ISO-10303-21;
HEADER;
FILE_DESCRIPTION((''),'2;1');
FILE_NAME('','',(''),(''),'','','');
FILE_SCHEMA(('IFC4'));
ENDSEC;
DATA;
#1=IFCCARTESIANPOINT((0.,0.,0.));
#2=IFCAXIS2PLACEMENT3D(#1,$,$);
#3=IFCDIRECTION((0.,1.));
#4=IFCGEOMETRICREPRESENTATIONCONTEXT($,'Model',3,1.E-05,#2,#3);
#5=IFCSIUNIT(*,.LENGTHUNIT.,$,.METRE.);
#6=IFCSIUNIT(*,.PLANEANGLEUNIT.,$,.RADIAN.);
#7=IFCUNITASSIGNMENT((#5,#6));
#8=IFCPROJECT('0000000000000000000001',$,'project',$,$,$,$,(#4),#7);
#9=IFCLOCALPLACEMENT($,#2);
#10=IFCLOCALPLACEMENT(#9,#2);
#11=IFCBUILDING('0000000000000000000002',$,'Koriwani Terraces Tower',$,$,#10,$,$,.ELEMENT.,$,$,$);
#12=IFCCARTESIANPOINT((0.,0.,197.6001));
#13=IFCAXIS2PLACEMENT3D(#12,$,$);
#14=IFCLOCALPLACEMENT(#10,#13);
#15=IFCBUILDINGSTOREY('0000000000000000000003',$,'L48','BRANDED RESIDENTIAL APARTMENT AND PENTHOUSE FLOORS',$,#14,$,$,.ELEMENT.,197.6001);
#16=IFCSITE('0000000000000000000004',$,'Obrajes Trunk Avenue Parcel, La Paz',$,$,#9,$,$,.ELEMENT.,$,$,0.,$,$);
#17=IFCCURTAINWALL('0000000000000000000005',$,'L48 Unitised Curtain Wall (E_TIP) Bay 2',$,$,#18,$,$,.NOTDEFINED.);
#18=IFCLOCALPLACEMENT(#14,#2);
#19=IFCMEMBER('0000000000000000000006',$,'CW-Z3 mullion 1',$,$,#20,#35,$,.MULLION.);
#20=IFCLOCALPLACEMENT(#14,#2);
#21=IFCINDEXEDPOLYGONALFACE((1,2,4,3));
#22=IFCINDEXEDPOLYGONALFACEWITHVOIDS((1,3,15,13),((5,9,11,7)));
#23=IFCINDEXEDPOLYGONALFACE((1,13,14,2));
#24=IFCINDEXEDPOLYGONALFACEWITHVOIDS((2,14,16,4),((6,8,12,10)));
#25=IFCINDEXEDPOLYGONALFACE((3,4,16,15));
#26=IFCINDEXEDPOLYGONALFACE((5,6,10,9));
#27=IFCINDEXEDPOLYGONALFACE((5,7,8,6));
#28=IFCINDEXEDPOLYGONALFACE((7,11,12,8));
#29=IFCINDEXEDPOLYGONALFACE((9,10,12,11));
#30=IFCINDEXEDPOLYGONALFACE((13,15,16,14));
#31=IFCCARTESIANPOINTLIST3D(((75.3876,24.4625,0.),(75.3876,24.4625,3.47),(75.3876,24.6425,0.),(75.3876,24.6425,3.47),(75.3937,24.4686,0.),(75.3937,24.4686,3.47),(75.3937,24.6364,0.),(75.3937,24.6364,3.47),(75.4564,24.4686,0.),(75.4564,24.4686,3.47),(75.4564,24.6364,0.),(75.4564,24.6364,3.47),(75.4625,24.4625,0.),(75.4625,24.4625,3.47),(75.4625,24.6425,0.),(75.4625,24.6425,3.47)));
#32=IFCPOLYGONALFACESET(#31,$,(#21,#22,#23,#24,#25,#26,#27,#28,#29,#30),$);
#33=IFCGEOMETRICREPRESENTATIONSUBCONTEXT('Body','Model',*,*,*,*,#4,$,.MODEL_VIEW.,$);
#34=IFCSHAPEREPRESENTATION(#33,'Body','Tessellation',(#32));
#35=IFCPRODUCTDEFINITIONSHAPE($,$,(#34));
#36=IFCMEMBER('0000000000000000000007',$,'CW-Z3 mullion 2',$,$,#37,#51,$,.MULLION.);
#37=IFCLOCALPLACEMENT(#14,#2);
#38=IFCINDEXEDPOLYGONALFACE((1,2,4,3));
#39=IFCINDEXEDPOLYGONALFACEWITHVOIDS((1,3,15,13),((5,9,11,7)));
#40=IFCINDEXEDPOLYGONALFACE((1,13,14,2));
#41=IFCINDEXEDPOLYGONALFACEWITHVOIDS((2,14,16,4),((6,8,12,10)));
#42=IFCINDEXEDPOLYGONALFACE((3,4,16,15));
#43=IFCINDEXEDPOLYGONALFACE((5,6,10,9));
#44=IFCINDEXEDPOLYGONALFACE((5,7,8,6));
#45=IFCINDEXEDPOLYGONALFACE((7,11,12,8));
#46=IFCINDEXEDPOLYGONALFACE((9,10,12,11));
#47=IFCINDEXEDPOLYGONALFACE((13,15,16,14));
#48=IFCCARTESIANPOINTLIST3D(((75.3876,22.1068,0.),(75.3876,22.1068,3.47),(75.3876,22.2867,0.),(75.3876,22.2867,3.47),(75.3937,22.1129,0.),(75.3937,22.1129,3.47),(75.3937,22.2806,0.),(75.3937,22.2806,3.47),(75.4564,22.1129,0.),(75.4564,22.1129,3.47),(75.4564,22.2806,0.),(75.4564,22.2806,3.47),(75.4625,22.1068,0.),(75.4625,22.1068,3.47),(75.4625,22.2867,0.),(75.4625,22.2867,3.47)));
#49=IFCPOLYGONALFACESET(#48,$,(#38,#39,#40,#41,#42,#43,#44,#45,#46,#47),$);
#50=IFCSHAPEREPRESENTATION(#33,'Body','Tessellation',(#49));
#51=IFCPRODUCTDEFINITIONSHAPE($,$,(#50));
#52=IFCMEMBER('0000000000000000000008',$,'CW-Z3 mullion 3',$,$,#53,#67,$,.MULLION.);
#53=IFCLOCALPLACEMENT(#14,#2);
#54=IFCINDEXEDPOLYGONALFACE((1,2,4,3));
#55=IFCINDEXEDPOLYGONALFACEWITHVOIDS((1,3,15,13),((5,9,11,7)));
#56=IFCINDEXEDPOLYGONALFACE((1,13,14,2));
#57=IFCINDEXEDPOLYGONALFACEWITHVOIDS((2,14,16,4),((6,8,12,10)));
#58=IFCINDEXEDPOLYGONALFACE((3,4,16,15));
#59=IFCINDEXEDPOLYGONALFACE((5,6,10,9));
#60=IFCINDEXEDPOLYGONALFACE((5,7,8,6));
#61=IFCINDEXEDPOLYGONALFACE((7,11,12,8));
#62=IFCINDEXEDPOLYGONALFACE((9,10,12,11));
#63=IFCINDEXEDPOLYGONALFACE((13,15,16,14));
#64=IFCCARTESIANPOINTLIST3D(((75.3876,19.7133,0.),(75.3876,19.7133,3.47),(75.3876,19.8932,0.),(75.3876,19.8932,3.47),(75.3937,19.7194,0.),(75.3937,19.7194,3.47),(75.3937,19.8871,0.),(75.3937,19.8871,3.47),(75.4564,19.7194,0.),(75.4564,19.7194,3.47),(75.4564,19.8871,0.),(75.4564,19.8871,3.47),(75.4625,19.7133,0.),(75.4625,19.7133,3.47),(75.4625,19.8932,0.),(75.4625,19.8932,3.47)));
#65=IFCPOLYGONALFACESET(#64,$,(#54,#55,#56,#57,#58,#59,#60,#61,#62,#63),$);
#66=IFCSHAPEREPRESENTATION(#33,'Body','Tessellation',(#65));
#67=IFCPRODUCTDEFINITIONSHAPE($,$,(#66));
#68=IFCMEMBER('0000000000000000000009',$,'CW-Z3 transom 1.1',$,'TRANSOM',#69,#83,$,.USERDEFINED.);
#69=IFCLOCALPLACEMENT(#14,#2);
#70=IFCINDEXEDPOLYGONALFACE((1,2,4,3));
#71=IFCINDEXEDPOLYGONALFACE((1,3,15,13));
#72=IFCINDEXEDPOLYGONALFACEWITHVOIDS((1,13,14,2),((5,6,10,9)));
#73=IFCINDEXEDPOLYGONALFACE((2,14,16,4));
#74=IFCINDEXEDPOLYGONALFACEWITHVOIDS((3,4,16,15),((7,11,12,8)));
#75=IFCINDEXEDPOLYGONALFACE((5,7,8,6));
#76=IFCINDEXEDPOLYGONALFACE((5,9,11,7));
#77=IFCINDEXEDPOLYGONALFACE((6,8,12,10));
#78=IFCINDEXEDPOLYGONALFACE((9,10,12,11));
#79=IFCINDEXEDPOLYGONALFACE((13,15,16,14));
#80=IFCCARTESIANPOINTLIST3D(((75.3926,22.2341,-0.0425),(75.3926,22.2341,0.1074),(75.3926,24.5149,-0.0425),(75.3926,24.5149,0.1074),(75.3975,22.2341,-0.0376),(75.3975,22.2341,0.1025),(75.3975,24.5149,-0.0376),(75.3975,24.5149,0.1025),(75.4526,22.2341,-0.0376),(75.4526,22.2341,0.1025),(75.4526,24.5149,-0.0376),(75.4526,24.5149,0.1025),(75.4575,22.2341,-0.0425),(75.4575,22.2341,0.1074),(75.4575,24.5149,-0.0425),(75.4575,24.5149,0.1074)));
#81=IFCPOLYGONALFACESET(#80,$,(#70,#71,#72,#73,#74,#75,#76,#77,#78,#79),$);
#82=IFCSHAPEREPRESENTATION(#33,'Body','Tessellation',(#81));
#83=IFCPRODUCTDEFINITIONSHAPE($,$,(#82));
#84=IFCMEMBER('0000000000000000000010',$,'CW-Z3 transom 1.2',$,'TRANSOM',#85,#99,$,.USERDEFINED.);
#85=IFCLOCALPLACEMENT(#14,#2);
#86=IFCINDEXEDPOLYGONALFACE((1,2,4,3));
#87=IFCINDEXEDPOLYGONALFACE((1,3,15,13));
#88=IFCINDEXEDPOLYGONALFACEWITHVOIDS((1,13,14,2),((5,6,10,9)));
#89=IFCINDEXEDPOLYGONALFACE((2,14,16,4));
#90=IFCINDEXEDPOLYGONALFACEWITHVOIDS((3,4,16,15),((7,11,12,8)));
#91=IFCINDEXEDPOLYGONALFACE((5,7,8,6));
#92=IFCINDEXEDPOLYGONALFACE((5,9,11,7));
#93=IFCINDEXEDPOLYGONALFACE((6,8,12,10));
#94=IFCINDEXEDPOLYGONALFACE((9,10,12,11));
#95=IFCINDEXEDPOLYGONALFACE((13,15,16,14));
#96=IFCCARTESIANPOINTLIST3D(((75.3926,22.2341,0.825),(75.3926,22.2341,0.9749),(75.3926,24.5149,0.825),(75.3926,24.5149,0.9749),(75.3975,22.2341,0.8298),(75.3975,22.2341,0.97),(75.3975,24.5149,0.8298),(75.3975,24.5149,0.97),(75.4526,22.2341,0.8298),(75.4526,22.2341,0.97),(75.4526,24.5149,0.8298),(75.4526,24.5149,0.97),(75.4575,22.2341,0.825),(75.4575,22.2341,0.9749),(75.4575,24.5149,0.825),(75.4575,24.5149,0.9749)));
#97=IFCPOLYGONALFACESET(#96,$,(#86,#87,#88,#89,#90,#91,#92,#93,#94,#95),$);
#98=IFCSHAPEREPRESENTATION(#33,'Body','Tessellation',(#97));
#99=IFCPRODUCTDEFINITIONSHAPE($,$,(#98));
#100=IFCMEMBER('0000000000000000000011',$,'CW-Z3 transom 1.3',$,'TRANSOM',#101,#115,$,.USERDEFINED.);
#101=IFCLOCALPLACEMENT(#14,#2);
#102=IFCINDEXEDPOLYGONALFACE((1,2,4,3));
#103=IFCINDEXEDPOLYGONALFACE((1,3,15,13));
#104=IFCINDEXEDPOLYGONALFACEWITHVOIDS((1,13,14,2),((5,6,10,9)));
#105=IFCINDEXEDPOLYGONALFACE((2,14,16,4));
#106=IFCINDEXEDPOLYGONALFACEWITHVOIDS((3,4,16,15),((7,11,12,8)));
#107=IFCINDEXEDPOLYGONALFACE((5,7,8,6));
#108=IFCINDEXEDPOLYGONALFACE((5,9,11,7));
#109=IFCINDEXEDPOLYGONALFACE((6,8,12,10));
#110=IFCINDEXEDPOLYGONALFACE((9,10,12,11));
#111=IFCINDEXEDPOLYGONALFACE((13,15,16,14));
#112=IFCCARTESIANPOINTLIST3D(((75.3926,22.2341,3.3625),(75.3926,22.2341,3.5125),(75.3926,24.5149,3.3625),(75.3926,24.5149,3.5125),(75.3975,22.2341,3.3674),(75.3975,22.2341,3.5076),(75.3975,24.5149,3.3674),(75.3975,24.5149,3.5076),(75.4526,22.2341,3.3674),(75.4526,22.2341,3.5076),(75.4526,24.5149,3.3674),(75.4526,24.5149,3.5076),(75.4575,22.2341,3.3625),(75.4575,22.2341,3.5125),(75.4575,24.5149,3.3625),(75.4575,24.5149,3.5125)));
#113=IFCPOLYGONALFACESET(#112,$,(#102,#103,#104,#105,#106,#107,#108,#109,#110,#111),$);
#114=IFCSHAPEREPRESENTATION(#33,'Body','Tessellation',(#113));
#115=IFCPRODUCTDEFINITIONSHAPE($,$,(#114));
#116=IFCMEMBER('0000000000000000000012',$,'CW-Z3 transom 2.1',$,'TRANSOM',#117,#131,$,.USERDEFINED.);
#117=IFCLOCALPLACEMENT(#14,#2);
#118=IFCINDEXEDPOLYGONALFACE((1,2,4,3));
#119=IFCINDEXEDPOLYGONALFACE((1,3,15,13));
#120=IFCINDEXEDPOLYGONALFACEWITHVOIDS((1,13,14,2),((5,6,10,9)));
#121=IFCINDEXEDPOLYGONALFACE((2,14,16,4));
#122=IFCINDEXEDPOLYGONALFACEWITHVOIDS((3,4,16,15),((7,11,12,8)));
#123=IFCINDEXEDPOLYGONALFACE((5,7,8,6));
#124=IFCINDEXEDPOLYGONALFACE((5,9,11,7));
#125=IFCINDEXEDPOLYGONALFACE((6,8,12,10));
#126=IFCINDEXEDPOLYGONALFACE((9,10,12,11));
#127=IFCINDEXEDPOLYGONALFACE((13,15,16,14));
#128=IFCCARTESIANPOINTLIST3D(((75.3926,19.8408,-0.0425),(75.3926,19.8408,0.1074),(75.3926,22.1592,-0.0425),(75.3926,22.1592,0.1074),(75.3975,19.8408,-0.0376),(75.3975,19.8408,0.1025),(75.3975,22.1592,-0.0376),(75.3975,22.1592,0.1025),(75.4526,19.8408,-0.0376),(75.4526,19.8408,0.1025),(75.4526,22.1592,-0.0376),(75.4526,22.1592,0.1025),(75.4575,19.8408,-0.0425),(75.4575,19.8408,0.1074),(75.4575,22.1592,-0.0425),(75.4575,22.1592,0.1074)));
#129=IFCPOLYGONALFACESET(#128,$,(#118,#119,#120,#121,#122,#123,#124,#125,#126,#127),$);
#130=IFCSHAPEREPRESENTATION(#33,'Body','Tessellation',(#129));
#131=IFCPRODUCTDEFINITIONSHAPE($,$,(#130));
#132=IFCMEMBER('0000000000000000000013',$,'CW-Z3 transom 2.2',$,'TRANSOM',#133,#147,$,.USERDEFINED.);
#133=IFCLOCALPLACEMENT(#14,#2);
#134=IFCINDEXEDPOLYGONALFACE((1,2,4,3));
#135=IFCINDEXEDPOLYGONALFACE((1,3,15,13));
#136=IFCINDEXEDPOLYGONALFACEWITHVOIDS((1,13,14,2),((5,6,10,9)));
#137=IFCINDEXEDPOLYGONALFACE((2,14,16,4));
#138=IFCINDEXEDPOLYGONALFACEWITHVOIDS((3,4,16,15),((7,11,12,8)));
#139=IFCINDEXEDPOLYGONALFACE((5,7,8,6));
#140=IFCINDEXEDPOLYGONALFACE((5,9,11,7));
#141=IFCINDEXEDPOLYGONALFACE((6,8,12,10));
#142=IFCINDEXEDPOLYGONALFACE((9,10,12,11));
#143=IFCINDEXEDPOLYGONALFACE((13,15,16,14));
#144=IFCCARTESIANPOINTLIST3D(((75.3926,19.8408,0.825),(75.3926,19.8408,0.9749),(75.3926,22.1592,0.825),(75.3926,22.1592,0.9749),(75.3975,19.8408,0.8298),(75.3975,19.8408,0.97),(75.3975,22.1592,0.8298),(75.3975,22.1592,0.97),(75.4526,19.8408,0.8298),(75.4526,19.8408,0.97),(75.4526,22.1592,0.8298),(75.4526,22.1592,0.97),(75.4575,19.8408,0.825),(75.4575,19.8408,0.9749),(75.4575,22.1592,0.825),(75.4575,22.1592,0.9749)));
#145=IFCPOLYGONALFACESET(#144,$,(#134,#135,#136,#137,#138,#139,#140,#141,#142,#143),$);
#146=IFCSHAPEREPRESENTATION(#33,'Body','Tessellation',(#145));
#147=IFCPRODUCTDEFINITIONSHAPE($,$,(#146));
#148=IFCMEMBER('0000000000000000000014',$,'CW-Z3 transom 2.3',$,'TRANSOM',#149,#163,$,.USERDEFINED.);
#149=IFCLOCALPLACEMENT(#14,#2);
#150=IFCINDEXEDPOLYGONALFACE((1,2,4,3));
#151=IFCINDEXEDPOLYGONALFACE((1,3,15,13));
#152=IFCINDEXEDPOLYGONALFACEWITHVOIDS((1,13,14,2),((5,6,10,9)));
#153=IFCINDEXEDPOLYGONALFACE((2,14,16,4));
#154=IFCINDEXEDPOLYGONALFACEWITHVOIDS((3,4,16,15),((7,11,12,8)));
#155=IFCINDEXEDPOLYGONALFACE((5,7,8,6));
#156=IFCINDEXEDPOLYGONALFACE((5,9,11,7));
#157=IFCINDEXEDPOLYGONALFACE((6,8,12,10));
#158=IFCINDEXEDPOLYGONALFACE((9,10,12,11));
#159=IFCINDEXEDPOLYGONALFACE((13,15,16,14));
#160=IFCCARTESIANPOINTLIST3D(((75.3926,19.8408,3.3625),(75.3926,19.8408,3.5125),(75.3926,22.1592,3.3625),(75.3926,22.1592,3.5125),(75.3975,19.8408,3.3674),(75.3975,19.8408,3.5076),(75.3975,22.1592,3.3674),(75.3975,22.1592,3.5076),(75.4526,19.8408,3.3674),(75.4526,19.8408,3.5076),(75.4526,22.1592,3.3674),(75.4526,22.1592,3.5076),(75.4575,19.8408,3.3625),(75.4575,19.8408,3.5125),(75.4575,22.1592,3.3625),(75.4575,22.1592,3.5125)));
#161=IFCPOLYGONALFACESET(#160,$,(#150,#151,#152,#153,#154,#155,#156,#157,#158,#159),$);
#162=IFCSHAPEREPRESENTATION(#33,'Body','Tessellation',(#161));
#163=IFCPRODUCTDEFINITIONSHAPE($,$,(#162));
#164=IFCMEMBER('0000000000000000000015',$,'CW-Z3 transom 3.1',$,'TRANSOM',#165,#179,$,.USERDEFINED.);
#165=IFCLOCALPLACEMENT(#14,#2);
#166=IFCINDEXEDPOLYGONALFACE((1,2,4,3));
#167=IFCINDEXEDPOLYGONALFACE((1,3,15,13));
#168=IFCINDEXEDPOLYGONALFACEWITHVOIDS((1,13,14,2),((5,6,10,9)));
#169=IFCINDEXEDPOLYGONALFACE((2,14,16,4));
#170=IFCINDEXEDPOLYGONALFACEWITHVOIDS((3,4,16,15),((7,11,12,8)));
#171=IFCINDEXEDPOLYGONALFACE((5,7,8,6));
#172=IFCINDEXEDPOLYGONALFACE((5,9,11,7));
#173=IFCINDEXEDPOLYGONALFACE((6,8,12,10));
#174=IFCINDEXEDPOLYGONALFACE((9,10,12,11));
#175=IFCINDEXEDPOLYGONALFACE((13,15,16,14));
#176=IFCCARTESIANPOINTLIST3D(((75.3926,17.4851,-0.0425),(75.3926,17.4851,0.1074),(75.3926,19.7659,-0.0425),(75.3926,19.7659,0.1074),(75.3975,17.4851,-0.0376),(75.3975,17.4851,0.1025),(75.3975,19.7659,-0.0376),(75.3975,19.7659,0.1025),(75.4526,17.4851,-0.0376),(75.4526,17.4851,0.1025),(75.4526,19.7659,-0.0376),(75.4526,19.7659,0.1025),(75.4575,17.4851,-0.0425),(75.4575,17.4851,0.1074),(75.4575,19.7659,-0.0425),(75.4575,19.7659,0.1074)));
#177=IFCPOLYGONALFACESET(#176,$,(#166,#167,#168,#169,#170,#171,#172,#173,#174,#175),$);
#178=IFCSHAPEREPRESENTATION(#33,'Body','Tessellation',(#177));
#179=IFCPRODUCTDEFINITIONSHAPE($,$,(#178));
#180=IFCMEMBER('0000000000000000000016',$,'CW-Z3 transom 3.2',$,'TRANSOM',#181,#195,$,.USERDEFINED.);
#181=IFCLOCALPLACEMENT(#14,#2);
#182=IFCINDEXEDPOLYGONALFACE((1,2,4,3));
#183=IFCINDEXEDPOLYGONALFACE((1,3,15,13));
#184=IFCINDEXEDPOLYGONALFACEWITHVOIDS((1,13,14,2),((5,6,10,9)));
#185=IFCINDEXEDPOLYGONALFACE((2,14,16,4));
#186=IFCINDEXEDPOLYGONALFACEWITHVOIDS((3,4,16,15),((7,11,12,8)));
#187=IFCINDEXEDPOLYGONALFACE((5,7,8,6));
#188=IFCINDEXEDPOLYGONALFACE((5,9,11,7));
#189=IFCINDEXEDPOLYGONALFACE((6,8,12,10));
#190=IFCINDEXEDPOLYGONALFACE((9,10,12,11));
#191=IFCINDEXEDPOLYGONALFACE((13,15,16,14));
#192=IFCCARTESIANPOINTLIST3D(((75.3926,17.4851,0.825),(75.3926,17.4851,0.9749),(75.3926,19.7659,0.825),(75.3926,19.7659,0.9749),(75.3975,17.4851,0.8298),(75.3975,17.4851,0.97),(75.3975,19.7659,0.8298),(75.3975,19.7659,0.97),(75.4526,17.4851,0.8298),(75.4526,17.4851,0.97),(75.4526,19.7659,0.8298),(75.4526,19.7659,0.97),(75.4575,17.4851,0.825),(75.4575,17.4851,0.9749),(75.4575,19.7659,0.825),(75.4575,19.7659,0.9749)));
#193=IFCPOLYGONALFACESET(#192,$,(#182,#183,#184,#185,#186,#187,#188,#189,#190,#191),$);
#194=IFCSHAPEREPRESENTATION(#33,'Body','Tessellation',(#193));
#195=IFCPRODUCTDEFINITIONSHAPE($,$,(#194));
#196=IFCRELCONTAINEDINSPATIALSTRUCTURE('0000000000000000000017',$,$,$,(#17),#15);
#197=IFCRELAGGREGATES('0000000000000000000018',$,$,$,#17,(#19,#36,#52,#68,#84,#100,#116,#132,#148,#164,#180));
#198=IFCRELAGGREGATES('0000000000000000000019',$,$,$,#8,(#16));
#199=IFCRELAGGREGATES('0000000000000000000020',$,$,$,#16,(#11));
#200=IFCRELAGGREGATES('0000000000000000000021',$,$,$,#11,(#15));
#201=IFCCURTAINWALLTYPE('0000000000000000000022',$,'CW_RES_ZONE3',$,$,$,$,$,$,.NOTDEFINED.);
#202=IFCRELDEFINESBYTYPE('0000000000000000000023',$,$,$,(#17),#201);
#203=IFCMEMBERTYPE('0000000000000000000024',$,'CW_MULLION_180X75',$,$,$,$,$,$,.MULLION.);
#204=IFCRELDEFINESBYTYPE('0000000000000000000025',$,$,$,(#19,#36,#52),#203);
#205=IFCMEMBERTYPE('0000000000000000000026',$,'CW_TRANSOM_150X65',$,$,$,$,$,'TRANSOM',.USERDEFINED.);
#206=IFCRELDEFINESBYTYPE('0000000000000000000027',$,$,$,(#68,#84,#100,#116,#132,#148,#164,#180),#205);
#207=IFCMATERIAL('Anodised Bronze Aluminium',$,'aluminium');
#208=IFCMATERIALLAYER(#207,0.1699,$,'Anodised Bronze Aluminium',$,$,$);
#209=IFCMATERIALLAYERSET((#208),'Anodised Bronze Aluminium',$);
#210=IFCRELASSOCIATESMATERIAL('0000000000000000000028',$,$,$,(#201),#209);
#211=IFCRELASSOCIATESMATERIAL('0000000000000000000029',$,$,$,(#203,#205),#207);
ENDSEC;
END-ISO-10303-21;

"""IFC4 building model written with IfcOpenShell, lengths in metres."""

from ifc_helpers import new_model, si_unit, direction, frame, origin, origin_2d, place, context, subcontext, project, spatial, hollow_rectangle, extrude, material, layer, layer_set, material_profile, profile_set, type_object, element, aggregate, save


model = new_model("IFC4")

# Units and contexts
model_context = context("Model", 3, precision=1e-05, world=origin(), true_north=direction((0.0, 1.0)))
body_context = subcontext(model_context, "Body", "Model", "MODEL_VIEW")
ifc_project = project(units=[si_unit("LENGTHUNIT", "METRE"), si_unit("PLANEANGLEUNIT", "RADIAN")], contexts=[model_context])

# Site, building, storey
site_placement = place(None, origin())
site = spatial("IfcSite", under=ifc_project, at=site_placement, Name="Obrajes Trunk Avenue Parcel, La Paz", CompositionType="ELEMENT", RefElevation=0.0)
building_placement = place(site_placement, origin())
building = spatial("IfcBuilding", under=site, at=building_placement, Name="Koriwani Terraces Tower", CompositionType="ELEMENT")
storey_placement = place(building_placement, frame((0.0, 0.0, 197.6001)))
storey = spatial("IfcBuildingStorey", under=building, at=storey_placement, Name="L48", Description="BRANDED RESIDENTIAL APARTMENT AND PENTHOUSE FLOORS", CompositionType="ELEMENT", Elevation=197.6001)

# Curtain wall, members
ifc_material_1 = material(Name="Anodised Bronze Aluminium", Category="aluminium")
ifc_layer_1 = layer(ifc_material_1, 0.1699, Name="Anodised Bronze Aluminium")
ifc_layer_set_1 = layer_set([ifc_layer_1], Name="Anodised Bronze Aluminium")
curtain_wall_type = type_object("IfcCurtainWallType", Name="CW_RES_ZONE3", PredefinedType="NOTDEFINED", material=ifc_layer_set_1)
curtain_wall_placement = place(storey_placement, origin())
curtain_wall = element("IfcCurtainWall", 1, at=curtain_wall_placement, inside=storey, type_object=curtain_wall_type, Name="L48 Unitised Curtain Wall (E_TIP) Bay 2", PredefinedType="NOTDEFINED")
ifc_material_profile_1 = material_profile(ifc_material_1, hollow_rectangle(XDim=0.075, YDim=0.1799, WallThickness=0.0061, at=origin_2d()), Name="Anodised Bronze Aluminium", Category="LoadBearing")
ifc_profile_set_1 = profile_set([ifc_material_profile_1], Name="Anodised Bronze Aluminium")
member_type_1 = type_object("IfcMemberType", Name="CW_MULLION_180X75", PredefinedType="MULLION", material=ifc_profile_set_1)
member_1_placement = place(storey_placement, frame((75.425, 24.5525, 0.0), z_axis=(0.0, 0.0, 1.0), x_axis=(1.0, 0.0, 0.0)))
member_1 = element("IfcMember", 2, at=member_1_placement, type_object=member_type_1, Name="CW-Z3 mullion 1", PredefinedType="MULLION", context=body_context, shape_type="SweptSolid", body=[
    extrude(hollow_rectangle(XDim=0.075, YDim=0.1799, WallThickness=0.0061, at=origin_2d()), origin(), (0.0, 0.0, 1.0), 3.47),
])
member_2_placement = place(storey_placement, frame((75.425, 22.1968, 0.0), z_axis=(0.0, 0.0, 1.0), x_axis=(1.0, 0.0, 0.0)))
member_2 = element("IfcMember", 3, at=member_2_placement, type_object=member_type_1, Name="CW-Z3 mullion 2", PredefinedType="MULLION", context=body_context, shape_type="SweptSolid", body=[
    extrude(hollow_rectangle(XDim=0.075, YDim=0.1799, WallThickness=0.0061, at=origin_2d()), origin(), (0.0, 0.0, 1.0), 3.47),
])
member_3_placement = place(storey_placement, frame((75.425, 19.8032, 0.0), z_axis=(0.0, 0.0, 1.0), x_axis=(1.0, 0.0, 0.0)))
member_3 = element("IfcMember", 4, at=member_3_placement, type_object=member_type_1, Name="CW-Z3 mullion 3", PredefinedType="MULLION", context=body_context, shape_type="SweptSolid", body=[
    extrude(hollow_rectangle(XDim=0.075, YDim=0.1799, WallThickness=0.0061, at=origin_2d()), origin(), (0.0, 0.0, 1.0), 3.47),
])
ifc_material_profile_2 = material_profile(ifc_material_1, hollow_rectangle(XDim=0.0649, YDim=0.1499, WallThickness=0.0049, at=origin_2d()), Name="Anodised Bronze Aluminium", Category="LoadBearing")
ifc_profile_set_2 = profile_set([ifc_material_profile_2], Name="Anodised Bronze Aluminium")
member_type_2 = type_object("IfcMemberType", Name="CW_TRANSOM_150X65", ElementType="TRANSOM", PredefinedType="USERDEFINED", material=ifc_profile_set_2)
member_4_placement = place(storey_placement, frame((75.425, 24.5149, 0.0325), z_axis=(0.0, -1.0, 0.0), x_axis=(1.0, 0.0, 0.0)))
member_4 = element("IfcMember", 5, at=member_4_placement, type_object=member_type_2, Name="CW-Z3 transom 1.1", ObjectType="TRANSOM", PredefinedType="USERDEFINED", context=body_context, shape_type="SweptSolid", body=[
    extrude(hollow_rectangle(XDim=0.0649, YDim=0.1499, WallThickness=0.0049, at=origin_2d()), origin(), (0.0, 0.0, 1.0), 2.2808),
])
member_5_placement = place(storey_placement, frame((75.425, 24.5149, 0.8999), z_axis=(0.0, -1.0, 0.0), x_axis=(1.0, 0.0, 0.0)))
member_5 = element("IfcMember", 6, at=member_5_placement, type_object=member_type_2, Name="CW-Z3 transom 1.2", ObjectType="TRANSOM", PredefinedType="USERDEFINED", context=body_context, shape_type="SweptSolid", body=[
    extrude(hollow_rectangle(XDim=0.0649, YDim=0.1499, WallThickness=0.0049, at=origin_2d()), origin(), (0.0, 0.0, 1.0), 2.2808),
])
member_6_placement = place(storey_placement, frame((75.425, 24.5149, 3.4375), z_axis=(0.0, -1.0, 0.0), x_axis=(1.0, 0.0, 0.0)))
member_6 = element("IfcMember", 7, at=member_6_placement, type_object=member_type_2, Name="CW-Z3 transom 1.3", ObjectType="TRANSOM", PredefinedType="USERDEFINED", context=body_context, shape_type="SweptSolid", body=[
    extrude(hollow_rectangle(XDim=0.0649, YDim=0.1499, WallThickness=0.0049, at=origin_2d()), origin(), (0.0, 0.0, 1.0), 2.2808),
])
member_7_placement = place(storey_placement, frame((75.425, 22.1592, 0.0325), z_axis=(0.0, -1.0, 0.0), x_axis=(1.0, 0.0, 0.0)))
member_7 = element("IfcMember", 8, at=member_7_placement, type_object=member_type_2, Name="CW-Z3 transom 2.1", ObjectType="TRANSOM", PredefinedType="USERDEFINED", context=body_context, shape_type="SweptSolid", body=[
    extrude(hollow_rectangle(XDim=0.0649, YDim=0.1499, WallThickness=0.0049, at=origin_2d()), origin(), (0.0, 0.0, 1.0), 2.3184),
])
member_8_placement = place(storey_placement, frame((75.425, 22.1592, 0.8999), z_axis=(0.0, -1.0, 0.0), x_axis=(1.0, 0.0, 0.0)))
member_8 = element("IfcMember", 9, at=member_8_placement, type_object=member_type_2, Name="CW-Z3 transom 2.2", ObjectType="TRANSOM", PredefinedType="USERDEFINED", context=body_context, shape_type="SweptSolid", body=[
    extrude(hollow_rectangle(XDim=0.0649, YDim=0.1499, WallThickness=0.0049, at=origin_2d()), origin(), (0.0, 0.0, 1.0), 2.3184),
])
member_9_placement = place(storey_placement, frame((75.425, 22.1592, 3.4375), z_axis=(0.0, -1.0, 0.0), x_axis=(1.0, 0.0, 0.0)))
member_9 = element("IfcMember", 10, at=member_9_placement, type_object=member_type_2, Name="CW-Z3 transom 2.3", ObjectType="TRANSOM", PredefinedType="USERDEFINED", context=body_context, shape_type="SweptSolid", body=[
    extrude(hollow_rectangle(XDim=0.0649, YDim=0.1499, WallThickness=0.0049, at=origin_2d()), origin(), (0.0, 0.0, 1.0), 2.3184),
])
member_10_placement = place(storey_placement, frame((75.425, 19.7659, 0.0325), z_axis=(0.0, -1.0, 0.0), x_axis=(1.0, 0.0, 0.0)))
member_10 = element("IfcMember", 11, at=member_10_placement, type_object=member_type_2, Name="CW-Z3 transom 3.1", ObjectType="TRANSOM", PredefinedType="USERDEFINED", context=body_context, shape_type="SweptSolid", body=[
    extrude(hollow_rectangle(XDim=0.0649, YDim=0.1499, WallThickness=0.0049, at=origin_2d()), origin(), (0.0, 0.0, 1.0), 2.2808),
])
member_11_placement = place(storey_placement, frame((75.425, 19.7659, 0.8999), z_axis=(0.0, -1.0, 0.0), x_axis=(1.0, 0.0, 0.0)))
member_11 = element("IfcMember", 12, at=member_11_placement, type_object=member_type_2, Name="CW-Z3 transom 3.2", ObjectType="TRANSOM", PredefinedType="USERDEFINED", context=body_context, shape_type="SweptSolid", body=[
    extrude(hollow_rectangle(XDim=0.0649, YDim=0.1499, WallThickness=0.0049, at=origin_2d()), origin(), (0.0, 0.0, 1.0), 2.2808),
])
aggregate(curtain_wall, [member_1, member_2, member_3, member_4, member_5, member_6, member_7, member_8, member_9, member_10, member_11])

save(model, "model.ifc")
